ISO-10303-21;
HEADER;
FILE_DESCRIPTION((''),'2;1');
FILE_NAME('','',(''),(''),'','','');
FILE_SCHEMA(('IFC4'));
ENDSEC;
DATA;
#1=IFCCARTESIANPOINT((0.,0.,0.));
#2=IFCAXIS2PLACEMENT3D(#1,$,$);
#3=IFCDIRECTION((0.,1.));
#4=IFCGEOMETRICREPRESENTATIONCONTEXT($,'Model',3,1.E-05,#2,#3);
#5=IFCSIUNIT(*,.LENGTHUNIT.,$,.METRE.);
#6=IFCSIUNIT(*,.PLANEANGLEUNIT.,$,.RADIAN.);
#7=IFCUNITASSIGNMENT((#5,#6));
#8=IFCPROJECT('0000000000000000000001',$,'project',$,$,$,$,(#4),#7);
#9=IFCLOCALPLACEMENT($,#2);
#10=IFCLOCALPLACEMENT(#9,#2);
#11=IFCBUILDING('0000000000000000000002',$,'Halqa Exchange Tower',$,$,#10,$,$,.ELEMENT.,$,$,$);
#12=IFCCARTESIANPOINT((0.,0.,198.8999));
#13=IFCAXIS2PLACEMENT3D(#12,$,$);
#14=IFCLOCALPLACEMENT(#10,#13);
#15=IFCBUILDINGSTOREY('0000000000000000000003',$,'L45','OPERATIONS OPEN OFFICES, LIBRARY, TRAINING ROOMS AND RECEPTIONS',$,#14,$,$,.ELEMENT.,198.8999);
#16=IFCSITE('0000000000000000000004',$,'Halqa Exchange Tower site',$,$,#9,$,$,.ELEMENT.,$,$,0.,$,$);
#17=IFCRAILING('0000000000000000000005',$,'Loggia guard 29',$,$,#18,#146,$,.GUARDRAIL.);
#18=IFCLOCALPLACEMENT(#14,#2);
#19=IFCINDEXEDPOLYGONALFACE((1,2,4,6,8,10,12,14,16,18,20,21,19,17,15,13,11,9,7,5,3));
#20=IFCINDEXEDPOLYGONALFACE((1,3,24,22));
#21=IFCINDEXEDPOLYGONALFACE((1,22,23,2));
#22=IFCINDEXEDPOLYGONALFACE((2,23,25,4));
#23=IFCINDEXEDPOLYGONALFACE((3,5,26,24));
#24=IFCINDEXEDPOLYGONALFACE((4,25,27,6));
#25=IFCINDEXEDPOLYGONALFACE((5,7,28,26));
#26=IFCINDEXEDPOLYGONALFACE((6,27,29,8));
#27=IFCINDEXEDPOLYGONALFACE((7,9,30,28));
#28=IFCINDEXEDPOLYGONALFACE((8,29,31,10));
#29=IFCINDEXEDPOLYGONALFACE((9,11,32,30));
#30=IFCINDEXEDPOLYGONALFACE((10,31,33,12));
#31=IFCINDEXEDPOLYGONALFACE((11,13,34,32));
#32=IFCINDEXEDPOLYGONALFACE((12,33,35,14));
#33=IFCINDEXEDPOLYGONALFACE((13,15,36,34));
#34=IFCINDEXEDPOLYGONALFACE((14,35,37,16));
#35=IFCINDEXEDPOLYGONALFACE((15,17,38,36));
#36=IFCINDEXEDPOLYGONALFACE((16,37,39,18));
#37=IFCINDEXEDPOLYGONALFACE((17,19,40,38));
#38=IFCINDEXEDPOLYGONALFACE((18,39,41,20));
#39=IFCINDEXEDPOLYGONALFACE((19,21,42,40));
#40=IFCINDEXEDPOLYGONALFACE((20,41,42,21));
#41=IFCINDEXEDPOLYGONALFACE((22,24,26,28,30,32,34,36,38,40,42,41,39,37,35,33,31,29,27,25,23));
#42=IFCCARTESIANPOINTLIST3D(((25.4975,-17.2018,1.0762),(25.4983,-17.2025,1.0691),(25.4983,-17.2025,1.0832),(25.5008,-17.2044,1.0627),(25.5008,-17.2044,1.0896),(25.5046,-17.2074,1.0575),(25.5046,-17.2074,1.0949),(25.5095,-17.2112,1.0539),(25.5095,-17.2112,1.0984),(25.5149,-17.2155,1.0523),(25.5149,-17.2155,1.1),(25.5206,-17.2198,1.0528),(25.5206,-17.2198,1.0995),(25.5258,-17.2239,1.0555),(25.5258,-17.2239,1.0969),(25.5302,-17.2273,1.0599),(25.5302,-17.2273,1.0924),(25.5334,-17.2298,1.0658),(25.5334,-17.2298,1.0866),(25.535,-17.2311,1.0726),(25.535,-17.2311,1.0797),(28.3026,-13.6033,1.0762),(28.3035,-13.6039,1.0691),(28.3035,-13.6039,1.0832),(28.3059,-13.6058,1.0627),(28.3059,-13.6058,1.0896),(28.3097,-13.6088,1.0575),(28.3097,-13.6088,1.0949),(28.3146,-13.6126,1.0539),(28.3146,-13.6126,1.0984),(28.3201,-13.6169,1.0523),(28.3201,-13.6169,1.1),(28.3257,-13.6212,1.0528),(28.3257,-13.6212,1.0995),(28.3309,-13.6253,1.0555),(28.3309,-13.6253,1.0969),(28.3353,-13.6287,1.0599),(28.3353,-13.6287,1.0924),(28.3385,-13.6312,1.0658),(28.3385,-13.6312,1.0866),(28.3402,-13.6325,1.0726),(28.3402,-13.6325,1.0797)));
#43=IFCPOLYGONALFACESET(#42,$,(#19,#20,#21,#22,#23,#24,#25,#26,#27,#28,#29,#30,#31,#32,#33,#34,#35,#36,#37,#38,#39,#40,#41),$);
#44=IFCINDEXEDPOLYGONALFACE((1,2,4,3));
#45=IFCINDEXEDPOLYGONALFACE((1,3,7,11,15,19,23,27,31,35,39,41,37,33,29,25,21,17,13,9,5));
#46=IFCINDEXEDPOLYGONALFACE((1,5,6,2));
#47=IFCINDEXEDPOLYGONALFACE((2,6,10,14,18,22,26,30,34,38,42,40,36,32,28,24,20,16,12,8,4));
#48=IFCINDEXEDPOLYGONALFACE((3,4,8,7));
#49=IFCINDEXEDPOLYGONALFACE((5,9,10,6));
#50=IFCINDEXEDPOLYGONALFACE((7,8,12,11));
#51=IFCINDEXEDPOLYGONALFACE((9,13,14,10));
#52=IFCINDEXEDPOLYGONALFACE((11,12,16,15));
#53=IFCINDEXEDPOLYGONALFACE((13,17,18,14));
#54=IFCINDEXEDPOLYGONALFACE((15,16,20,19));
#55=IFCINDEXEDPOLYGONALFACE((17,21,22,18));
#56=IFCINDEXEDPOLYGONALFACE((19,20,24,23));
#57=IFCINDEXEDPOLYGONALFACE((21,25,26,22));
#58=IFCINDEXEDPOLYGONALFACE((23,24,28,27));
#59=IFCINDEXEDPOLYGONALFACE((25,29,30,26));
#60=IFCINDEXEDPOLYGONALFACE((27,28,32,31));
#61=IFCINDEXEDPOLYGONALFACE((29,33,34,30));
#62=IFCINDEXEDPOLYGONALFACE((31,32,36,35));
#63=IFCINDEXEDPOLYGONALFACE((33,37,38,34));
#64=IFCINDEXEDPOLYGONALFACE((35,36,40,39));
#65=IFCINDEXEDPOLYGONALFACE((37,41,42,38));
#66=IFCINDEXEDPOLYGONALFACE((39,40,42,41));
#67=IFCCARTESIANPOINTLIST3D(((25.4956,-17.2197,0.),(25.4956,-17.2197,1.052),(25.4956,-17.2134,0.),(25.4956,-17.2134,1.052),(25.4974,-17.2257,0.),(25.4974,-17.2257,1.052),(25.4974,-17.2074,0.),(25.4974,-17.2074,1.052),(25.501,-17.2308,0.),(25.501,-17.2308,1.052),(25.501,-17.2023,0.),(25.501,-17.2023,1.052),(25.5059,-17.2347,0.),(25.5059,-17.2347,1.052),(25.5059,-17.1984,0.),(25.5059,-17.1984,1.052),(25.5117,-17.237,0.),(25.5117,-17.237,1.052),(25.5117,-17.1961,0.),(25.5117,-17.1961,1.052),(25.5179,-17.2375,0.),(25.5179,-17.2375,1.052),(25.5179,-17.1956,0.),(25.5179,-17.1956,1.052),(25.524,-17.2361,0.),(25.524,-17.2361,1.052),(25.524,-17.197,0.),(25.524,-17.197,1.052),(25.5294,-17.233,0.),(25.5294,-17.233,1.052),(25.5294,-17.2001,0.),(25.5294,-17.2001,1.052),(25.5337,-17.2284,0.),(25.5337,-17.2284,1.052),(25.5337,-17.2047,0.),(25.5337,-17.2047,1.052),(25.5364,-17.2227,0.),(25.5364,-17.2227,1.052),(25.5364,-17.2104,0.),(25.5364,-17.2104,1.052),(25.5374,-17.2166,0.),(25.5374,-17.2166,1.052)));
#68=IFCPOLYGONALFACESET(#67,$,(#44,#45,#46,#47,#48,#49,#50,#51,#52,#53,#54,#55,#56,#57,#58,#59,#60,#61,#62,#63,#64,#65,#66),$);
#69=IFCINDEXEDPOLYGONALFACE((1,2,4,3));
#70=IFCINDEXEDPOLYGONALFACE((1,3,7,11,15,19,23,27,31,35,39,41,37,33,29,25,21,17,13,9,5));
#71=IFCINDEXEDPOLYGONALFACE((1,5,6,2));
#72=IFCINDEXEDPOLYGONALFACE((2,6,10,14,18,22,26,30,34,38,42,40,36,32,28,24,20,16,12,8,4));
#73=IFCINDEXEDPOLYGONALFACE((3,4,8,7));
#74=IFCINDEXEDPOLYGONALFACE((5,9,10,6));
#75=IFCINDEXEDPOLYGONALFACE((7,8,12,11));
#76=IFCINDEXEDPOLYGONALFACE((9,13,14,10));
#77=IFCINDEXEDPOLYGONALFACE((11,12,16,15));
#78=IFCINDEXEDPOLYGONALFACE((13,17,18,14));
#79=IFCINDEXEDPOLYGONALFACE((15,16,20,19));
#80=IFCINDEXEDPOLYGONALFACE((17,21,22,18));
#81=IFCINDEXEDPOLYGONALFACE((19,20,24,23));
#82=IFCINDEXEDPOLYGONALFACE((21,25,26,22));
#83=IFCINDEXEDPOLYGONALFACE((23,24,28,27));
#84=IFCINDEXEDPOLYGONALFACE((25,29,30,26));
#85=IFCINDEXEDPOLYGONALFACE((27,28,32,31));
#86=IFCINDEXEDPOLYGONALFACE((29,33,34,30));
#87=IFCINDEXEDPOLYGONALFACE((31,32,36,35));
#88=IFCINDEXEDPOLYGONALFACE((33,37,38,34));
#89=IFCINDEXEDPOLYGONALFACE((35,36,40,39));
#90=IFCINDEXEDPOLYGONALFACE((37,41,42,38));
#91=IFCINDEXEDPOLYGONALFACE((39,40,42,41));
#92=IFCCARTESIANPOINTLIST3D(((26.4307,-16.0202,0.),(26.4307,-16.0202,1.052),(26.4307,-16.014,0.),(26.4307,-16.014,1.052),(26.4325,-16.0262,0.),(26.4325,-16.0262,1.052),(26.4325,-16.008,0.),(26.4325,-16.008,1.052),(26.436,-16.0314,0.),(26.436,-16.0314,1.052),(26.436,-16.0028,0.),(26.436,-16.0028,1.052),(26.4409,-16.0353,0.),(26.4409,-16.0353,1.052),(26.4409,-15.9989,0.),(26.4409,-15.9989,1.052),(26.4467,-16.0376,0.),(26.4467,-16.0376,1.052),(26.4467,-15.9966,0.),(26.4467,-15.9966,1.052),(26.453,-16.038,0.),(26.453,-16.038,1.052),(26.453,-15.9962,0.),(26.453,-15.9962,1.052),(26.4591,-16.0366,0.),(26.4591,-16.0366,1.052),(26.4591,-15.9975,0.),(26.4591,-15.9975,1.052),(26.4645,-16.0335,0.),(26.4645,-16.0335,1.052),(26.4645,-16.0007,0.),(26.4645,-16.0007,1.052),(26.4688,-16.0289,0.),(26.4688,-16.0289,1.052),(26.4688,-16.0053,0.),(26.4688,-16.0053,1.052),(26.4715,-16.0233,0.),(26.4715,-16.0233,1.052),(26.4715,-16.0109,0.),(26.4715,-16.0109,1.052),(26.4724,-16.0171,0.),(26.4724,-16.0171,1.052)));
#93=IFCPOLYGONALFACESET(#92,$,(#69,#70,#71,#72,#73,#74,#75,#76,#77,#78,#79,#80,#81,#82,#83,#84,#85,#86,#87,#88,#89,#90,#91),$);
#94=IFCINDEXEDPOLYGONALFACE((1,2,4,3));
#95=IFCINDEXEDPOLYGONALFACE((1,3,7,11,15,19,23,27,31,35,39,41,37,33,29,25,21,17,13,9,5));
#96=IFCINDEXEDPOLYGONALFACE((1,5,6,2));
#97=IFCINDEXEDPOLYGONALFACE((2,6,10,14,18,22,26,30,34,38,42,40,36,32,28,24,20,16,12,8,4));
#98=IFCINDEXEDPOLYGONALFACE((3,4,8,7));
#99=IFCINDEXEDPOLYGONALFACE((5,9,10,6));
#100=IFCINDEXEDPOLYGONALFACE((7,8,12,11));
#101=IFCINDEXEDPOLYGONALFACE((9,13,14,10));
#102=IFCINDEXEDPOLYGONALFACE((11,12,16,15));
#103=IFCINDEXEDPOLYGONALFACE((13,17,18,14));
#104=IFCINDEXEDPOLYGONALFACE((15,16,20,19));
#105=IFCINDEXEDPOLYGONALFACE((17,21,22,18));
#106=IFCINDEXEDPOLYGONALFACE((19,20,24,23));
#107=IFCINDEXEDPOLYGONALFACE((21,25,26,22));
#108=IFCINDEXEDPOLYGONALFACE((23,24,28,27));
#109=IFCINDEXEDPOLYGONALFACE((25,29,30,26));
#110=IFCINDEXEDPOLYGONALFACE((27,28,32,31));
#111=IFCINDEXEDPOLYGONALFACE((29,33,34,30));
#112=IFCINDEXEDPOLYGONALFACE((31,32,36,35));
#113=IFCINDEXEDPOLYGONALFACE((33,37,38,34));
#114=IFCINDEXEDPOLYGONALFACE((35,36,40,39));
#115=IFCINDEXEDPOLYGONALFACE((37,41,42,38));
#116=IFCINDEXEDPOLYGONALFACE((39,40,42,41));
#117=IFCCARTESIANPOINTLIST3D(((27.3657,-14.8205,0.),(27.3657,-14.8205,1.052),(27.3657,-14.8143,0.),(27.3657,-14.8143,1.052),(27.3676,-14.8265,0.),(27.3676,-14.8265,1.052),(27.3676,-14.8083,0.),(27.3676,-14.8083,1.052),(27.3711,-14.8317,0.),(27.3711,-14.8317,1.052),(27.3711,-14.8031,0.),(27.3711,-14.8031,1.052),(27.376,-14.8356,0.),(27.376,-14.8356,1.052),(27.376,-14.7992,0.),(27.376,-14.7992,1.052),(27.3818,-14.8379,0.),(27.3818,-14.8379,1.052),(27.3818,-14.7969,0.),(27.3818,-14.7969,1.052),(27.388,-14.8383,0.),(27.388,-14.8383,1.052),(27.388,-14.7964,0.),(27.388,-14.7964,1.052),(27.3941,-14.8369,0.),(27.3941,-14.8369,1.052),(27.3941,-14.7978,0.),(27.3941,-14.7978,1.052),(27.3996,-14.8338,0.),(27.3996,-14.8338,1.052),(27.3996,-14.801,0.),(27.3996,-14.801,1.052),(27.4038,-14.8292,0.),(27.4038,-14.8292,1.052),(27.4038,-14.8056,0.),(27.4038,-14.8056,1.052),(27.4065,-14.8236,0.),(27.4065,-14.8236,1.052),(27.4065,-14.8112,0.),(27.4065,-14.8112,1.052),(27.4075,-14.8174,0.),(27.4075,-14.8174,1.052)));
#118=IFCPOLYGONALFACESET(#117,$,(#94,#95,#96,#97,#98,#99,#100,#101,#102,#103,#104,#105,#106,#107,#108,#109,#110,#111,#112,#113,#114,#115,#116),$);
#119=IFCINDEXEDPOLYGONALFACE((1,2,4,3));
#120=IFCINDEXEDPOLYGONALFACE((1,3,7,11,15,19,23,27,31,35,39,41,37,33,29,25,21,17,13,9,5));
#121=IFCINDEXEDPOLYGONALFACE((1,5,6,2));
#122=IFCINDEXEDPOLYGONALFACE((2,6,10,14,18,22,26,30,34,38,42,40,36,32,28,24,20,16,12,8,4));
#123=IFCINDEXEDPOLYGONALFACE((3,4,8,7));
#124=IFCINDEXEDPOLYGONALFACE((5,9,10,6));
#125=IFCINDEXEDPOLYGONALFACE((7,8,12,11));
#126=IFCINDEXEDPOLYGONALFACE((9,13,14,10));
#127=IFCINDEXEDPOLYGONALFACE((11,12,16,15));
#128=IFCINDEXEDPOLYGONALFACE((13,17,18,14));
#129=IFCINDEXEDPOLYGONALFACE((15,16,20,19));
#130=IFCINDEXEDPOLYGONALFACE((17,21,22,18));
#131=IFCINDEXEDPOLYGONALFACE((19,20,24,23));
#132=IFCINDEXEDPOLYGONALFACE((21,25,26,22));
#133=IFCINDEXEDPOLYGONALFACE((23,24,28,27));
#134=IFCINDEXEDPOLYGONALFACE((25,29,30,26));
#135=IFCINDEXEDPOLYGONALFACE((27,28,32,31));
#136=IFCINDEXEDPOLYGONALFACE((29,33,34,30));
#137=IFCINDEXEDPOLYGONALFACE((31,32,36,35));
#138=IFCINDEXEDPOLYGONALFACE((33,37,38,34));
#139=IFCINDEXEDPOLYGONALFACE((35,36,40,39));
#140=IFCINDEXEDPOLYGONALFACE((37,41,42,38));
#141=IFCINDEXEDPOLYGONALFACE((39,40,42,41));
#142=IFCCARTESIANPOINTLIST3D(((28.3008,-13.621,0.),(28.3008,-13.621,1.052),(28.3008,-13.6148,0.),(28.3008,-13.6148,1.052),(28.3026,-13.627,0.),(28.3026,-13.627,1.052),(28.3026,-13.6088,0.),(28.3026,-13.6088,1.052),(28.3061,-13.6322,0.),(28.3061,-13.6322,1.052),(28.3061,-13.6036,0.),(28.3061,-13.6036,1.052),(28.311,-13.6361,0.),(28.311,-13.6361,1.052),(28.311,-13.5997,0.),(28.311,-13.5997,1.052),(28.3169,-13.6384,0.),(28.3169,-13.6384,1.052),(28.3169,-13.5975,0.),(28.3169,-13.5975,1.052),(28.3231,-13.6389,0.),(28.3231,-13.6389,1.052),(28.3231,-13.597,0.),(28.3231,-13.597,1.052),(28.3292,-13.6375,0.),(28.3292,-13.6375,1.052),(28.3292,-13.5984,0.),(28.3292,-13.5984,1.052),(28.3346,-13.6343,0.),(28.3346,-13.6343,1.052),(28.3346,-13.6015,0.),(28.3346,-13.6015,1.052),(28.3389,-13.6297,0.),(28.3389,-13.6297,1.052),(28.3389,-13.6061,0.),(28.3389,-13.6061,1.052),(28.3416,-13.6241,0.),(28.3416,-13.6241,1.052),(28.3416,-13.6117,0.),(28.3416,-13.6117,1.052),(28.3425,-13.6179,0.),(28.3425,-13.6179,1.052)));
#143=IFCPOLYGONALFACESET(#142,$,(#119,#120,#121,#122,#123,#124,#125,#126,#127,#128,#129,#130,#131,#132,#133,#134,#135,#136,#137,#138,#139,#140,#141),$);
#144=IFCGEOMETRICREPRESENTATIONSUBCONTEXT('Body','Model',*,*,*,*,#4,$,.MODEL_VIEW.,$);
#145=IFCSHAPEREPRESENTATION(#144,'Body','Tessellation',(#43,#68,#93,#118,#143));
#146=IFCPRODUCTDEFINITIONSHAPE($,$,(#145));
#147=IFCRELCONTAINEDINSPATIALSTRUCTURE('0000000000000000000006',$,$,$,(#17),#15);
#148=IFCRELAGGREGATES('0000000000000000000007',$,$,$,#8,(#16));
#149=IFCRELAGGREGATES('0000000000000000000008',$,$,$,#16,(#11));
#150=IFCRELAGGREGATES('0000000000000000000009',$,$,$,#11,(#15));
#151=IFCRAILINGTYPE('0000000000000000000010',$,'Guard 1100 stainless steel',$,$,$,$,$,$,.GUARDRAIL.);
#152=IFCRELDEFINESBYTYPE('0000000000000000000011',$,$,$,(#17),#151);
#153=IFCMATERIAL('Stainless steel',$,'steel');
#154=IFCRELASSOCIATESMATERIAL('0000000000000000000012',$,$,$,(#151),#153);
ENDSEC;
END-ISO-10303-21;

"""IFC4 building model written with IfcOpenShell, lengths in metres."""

from ifc_helpers import new_model, si_unit, direction, frame, origin, origin_2d, place, context, subcontext, project, spatial, circle, extrude, material, type_object, element, save


model = new_model("IFC4")

# Units and contexts
model_context = context("Model", 3, precision=1e-05, world=origin(), true_north=direction((0.0, 1.0)))
body_context = subcontext(model_context, "Body", "Model", "MODEL_VIEW")
ifc_project = project(units=[si_unit("LENGTHUNIT", "METRE"), si_unit("PLANEANGLEUNIT", "RADIAN")], contexts=[model_context])

# Site, building, storey
site_placement = place(None, origin())
site = spatial("IfcSite", under=ifc_project, at=site_placement, Name="Halqa Exchange Tower site", CompositionType="ELEMENT", RefElevation=0.0)
building_placement = place(site_placement, origin())
building = spatial("IfcBuilding", under=site, at=building_placement, Name="Halqa Exchange Tower", CompositionType="ELEMENT")
storey_placement = place(building_placement, frame((0.0, 0.0, 198.8999)))
storey = spatial("IfcBuildingStorey", under=building, at=storey_placement, Name="L45", Description="OPERATIONS OPEN OFFICES, LIBRARY, TRAINING ROOMS AND RECEPTIONS", CompositionType="ELEMENT", Elevation=198.8999)

# Railing
ifc_material_1 = material(Name="Stainless steel", Category="steel")
railing_type = type_object("IfcRailingType", Name="Guard 1100 stainless steel", PredefinedType="GUARDRAIL", material=ifc_material_1)
railing_1_placement = place(storey_placement, frame((25.5164, -17.2166, 0.0)))
element("IfcRailing", 1, at=railing_1_placement, inside=storey, type_object=railing_type, Name="Loggia guard 29", PredefinedType="GUARDRAIL", context=body_context, shape_type="SweptSolid", body=[
    extrude(circle(Radius=0.0239, at=origin_2d()), frame((0.0, 0.0, 1.0762), z_axis=(0.614792, 0.788689, 0.0), x_axis=(-0.788689, 0.614792, 0.0)), (0.0, 0.0, 1.0), 4.5627),
    extrude(circle(Radius=0.021, at=origin_2d()), origin(), (0.0, 0.0, 1.0), 1.052),
    extrude(circle(Radius=0.021, at=origin_2d()), frame((0.9351, 1.1995, 0.0)), (0.0, 0.0, 1.0), 1.052),
    extrude(circle(Radius=0.021, at=origin_2d()), frame((1.8701, 2.3992, 0.0)), (0.0, 0.0, 1.0), 1.052),
    extrude(circle(Radius=0.021, at=origin_2d()), frame((2.8052, 3.5986, 0.0)), (0.0, 0.0, 1.0), 1.052),
])

save(model, "model.ifc")
